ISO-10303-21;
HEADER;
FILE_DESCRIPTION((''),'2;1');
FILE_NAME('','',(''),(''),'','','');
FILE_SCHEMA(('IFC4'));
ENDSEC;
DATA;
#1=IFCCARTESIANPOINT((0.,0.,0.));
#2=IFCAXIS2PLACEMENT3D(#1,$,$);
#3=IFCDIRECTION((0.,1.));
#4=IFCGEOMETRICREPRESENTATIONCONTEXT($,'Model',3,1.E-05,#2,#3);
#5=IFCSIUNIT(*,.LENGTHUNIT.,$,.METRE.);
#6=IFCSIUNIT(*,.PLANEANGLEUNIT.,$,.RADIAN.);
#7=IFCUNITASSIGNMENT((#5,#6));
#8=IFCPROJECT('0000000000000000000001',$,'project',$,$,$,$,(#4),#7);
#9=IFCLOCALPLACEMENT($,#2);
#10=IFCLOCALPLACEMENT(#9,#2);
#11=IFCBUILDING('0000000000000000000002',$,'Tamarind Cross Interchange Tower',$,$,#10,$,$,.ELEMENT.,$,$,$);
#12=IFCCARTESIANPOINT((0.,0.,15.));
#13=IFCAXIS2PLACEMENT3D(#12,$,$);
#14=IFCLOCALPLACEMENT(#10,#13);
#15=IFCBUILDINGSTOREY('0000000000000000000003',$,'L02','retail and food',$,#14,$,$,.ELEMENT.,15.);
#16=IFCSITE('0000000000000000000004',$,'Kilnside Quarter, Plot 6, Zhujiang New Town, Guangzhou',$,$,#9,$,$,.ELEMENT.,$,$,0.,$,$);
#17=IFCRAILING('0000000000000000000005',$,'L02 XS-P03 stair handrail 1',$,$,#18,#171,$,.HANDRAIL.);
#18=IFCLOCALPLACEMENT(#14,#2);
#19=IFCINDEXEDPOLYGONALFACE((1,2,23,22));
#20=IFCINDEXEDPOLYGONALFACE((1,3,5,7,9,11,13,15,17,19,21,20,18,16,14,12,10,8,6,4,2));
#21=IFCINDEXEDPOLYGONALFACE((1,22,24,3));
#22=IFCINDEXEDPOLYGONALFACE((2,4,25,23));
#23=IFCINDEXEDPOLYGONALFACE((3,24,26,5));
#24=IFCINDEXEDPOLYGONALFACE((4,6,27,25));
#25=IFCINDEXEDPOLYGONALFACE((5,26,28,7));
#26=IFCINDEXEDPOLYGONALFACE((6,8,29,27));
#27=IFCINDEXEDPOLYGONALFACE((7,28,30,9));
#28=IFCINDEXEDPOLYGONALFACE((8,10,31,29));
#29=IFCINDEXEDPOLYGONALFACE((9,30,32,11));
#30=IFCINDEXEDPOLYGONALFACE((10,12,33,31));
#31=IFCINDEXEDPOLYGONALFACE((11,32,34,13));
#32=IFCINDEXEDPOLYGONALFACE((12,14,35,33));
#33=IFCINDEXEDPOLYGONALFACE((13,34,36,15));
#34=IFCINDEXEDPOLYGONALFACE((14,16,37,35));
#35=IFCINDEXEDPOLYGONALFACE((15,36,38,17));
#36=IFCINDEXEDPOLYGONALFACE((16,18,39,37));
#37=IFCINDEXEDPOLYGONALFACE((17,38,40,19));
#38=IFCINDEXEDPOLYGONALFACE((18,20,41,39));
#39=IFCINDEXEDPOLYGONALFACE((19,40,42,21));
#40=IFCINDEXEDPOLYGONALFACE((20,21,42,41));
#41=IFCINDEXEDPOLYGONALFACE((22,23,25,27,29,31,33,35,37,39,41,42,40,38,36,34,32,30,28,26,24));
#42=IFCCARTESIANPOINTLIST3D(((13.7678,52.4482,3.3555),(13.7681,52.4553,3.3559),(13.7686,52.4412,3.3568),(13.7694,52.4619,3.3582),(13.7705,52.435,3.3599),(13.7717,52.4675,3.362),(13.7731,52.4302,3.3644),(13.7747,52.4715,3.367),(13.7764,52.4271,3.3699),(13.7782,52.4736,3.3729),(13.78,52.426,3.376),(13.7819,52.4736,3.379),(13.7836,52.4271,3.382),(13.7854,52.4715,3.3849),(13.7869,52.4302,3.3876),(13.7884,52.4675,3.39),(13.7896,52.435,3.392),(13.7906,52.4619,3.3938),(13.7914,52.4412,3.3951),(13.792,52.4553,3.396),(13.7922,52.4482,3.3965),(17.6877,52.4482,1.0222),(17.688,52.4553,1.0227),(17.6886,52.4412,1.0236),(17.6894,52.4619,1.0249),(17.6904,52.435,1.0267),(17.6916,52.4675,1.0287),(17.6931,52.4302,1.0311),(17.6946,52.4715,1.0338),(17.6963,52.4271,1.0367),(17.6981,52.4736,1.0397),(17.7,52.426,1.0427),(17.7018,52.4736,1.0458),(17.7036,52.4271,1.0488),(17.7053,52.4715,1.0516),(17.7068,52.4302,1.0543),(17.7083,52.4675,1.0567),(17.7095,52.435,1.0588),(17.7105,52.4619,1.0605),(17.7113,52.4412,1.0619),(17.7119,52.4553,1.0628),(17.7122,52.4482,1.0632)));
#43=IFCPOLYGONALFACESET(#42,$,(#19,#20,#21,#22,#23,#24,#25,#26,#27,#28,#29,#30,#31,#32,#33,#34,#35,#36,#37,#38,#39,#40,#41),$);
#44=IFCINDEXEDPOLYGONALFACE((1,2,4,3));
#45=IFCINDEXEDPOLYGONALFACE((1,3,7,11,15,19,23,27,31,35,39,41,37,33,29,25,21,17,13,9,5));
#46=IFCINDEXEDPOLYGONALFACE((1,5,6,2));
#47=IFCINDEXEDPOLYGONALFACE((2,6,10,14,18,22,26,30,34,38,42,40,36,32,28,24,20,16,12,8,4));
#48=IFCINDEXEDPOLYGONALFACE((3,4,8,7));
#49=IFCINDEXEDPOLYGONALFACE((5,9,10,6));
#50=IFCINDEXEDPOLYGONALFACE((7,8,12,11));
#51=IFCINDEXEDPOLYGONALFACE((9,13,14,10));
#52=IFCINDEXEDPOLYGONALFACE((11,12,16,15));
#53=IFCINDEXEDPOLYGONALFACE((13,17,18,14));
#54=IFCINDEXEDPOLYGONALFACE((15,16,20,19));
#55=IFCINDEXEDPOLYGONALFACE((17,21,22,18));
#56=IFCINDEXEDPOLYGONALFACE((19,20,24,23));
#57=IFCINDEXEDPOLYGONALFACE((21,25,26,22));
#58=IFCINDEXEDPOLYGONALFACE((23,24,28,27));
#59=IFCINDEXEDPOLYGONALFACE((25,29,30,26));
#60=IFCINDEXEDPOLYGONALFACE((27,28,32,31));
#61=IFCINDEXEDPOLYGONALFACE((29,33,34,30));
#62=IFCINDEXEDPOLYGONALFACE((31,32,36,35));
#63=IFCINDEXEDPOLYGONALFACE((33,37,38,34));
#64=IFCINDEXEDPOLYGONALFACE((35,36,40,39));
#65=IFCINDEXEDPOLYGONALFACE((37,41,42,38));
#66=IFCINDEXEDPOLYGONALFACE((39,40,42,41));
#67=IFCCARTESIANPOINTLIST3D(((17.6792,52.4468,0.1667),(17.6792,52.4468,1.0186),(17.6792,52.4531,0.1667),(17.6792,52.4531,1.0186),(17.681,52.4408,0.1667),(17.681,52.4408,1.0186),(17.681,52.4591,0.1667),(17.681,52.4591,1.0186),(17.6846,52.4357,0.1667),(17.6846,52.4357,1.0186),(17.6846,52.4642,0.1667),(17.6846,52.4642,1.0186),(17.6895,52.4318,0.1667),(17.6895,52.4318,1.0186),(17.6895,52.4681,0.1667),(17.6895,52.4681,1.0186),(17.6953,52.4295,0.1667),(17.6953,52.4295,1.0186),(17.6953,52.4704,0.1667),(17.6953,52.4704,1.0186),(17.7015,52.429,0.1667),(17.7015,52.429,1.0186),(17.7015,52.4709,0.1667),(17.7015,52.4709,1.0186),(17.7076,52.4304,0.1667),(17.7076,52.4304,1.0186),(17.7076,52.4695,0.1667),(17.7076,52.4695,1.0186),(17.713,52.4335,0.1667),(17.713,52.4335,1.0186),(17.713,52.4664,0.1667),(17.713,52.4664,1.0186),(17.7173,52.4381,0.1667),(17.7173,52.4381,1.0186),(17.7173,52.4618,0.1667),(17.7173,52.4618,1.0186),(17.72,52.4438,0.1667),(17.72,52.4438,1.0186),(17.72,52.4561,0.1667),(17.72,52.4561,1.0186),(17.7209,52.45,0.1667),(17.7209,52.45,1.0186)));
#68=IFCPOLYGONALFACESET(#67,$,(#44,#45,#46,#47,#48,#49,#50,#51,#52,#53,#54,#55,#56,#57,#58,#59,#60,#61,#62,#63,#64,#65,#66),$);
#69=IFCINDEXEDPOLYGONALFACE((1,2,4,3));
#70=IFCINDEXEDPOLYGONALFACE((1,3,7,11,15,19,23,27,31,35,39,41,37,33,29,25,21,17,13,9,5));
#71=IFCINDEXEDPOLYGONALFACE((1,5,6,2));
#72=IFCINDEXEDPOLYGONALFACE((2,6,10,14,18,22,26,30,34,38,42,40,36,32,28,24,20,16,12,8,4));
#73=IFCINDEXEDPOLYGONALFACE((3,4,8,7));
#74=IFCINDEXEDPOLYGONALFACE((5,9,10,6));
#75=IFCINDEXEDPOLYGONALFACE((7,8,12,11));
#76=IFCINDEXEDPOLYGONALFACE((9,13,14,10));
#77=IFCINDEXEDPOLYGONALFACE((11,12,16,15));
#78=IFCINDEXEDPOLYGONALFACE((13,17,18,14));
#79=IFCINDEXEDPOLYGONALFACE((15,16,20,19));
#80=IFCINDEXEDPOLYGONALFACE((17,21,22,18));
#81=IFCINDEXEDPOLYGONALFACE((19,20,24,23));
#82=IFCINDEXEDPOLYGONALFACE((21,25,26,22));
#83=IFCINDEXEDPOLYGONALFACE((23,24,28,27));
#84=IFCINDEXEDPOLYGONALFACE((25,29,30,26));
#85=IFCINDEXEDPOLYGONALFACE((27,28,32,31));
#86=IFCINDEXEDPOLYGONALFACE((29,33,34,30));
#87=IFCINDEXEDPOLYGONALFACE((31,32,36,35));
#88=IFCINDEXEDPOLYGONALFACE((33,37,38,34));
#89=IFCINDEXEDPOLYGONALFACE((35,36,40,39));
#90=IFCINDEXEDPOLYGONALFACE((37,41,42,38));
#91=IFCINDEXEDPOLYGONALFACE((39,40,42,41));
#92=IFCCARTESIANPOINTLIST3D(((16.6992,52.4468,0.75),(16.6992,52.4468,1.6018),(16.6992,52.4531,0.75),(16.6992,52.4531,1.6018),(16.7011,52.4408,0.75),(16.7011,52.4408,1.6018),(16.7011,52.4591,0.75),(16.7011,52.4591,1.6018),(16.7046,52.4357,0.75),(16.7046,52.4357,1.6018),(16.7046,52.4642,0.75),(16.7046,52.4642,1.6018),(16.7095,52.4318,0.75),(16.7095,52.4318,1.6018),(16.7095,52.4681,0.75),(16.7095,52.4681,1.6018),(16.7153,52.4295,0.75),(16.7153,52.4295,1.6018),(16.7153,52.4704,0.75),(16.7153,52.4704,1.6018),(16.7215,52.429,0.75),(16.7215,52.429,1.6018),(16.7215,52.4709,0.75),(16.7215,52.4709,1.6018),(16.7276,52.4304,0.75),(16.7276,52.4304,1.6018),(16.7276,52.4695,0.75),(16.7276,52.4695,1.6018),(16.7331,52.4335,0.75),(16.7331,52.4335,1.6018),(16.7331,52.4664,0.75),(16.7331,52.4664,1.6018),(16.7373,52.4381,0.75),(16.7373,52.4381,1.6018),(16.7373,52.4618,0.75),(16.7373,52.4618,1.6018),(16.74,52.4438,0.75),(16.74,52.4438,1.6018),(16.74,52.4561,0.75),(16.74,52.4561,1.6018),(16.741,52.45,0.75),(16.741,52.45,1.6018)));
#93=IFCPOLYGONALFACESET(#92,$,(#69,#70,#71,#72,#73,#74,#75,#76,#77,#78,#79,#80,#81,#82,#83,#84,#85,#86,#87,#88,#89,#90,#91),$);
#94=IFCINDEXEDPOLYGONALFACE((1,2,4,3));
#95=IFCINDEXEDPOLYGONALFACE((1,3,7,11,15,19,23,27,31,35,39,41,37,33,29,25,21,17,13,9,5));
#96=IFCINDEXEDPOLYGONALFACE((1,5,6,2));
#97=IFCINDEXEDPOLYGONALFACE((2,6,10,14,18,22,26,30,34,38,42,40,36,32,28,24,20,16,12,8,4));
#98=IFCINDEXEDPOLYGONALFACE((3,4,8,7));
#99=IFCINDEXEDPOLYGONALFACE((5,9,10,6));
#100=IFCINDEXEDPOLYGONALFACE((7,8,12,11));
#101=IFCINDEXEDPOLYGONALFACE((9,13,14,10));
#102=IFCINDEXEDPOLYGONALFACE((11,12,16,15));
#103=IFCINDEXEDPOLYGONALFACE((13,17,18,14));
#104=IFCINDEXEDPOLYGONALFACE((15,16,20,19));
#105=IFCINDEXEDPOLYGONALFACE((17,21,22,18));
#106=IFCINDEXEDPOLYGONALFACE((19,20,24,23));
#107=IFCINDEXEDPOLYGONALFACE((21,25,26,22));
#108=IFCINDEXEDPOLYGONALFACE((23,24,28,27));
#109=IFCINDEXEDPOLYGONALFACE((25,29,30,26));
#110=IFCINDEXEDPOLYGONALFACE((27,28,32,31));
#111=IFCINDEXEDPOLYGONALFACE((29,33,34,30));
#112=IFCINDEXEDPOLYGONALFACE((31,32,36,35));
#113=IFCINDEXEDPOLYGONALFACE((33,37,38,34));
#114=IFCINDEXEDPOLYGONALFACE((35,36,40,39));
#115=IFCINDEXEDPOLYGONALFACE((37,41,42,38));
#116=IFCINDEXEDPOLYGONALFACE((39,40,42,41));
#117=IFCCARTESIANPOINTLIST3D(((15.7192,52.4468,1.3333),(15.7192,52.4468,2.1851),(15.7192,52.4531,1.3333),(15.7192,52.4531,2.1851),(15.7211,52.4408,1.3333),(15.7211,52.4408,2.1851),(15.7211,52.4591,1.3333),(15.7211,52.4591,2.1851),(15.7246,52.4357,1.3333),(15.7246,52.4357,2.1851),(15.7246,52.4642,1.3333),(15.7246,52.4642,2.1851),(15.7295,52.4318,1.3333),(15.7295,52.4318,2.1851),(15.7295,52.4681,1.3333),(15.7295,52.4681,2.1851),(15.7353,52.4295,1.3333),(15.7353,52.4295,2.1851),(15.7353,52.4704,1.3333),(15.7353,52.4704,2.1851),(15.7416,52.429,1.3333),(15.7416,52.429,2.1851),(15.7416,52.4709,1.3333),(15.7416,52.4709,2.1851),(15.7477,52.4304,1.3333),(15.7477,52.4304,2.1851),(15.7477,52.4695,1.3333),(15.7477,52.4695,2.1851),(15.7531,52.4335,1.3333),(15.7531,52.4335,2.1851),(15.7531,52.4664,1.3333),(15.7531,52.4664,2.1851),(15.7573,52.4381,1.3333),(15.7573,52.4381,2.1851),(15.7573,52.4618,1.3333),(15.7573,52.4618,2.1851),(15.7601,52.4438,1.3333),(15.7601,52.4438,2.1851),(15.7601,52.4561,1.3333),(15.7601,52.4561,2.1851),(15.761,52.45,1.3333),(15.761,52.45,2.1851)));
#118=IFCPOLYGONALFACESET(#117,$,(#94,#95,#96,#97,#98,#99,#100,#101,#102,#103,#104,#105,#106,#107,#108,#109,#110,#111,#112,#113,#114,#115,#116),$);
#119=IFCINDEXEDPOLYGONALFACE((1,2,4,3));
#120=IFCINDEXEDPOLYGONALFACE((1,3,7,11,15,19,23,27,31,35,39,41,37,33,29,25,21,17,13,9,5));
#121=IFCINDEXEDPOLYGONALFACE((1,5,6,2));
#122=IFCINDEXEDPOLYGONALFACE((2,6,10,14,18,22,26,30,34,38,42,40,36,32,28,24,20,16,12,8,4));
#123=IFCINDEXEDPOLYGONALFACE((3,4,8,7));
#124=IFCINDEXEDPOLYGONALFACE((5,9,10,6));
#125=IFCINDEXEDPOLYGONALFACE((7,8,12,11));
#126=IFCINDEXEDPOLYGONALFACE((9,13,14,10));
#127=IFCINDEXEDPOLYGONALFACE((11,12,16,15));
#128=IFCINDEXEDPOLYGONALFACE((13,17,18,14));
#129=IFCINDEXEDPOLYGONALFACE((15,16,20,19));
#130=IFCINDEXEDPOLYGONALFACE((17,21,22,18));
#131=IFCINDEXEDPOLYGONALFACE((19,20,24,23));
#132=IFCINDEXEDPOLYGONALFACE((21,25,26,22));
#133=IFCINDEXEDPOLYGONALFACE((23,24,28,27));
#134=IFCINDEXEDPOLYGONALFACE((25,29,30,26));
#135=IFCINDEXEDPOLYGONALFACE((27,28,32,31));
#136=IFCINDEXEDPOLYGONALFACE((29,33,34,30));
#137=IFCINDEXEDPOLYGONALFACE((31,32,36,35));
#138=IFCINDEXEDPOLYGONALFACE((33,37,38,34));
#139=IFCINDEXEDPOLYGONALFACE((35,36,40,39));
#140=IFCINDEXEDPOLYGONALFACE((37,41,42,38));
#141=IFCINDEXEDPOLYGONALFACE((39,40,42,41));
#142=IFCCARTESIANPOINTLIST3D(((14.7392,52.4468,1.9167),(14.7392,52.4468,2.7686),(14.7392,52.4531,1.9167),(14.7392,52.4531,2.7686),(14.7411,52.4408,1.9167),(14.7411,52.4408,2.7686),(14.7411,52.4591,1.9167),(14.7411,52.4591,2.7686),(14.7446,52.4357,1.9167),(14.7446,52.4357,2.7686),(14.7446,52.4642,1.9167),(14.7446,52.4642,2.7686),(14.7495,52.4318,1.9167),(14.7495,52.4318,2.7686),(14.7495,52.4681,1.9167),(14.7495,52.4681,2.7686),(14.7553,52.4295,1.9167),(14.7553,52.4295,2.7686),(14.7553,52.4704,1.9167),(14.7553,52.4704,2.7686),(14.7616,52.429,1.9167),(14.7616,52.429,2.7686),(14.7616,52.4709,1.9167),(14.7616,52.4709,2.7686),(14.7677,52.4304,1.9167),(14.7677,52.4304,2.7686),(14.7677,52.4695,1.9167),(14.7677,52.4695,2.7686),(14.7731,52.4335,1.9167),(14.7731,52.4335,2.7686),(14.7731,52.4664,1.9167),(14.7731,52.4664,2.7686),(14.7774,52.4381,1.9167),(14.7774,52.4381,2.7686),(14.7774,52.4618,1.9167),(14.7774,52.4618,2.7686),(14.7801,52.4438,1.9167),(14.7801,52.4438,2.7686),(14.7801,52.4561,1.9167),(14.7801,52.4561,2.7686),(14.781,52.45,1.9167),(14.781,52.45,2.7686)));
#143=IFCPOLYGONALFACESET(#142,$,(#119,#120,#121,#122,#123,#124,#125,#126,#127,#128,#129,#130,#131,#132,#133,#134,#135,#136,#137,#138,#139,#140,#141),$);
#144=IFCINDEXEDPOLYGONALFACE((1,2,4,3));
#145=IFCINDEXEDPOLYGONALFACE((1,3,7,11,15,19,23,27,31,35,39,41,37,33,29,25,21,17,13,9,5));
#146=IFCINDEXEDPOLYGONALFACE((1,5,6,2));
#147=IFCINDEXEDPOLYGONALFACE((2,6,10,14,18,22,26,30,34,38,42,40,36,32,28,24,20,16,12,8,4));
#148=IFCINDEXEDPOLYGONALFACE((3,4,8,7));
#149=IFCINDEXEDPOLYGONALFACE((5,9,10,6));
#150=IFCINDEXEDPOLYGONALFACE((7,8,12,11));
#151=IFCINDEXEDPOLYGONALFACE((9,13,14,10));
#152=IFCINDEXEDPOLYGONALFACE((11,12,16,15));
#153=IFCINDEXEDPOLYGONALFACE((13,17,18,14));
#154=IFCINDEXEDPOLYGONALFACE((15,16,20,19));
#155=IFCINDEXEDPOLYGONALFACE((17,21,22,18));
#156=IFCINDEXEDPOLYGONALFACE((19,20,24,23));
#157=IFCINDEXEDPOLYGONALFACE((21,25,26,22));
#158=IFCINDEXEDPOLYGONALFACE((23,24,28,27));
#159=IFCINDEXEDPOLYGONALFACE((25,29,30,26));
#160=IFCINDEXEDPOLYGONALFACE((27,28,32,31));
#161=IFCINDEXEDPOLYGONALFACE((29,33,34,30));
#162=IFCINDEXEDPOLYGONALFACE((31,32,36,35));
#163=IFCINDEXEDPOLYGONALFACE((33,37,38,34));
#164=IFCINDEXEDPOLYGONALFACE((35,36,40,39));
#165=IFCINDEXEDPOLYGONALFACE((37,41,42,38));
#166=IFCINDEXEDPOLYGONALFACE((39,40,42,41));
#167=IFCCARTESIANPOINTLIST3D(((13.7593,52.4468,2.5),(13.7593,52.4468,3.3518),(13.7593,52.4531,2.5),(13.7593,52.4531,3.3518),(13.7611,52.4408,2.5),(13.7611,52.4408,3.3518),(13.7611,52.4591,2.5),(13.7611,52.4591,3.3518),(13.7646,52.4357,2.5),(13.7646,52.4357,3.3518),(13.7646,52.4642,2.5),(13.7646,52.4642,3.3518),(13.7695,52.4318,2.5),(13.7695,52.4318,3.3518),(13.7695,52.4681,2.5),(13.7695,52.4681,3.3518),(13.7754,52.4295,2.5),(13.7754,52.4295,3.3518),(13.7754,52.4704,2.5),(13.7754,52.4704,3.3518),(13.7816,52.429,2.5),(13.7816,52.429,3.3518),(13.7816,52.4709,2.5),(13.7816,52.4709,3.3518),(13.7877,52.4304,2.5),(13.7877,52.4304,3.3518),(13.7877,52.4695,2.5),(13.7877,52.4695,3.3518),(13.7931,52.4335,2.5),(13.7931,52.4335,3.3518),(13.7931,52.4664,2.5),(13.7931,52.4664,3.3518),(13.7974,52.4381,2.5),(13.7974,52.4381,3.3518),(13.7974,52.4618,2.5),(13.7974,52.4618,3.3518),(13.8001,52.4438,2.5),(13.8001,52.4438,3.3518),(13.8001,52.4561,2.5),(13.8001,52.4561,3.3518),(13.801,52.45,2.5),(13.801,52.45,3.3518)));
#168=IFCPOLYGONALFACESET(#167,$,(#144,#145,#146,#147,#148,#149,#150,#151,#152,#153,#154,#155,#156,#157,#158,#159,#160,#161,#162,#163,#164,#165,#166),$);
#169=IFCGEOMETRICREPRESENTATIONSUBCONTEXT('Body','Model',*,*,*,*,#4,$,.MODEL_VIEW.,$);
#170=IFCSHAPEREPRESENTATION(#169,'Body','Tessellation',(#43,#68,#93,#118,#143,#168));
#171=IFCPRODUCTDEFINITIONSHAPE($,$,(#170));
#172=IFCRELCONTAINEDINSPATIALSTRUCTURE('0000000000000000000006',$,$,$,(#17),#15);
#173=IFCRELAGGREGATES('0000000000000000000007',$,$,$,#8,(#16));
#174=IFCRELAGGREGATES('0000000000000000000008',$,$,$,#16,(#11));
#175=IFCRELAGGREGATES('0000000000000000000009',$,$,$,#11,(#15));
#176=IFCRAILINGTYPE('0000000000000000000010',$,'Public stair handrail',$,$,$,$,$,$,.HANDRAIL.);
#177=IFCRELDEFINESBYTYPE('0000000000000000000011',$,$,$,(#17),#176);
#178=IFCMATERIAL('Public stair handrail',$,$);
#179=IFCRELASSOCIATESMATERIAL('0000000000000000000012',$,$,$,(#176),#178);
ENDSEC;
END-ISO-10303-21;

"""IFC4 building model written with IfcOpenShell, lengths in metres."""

from ifc_helpers import new_model, si_unit, direction, frame, origin, origin_2d, place, context, subcontext, project, spatial, circle, extrude, material, type_object, element, save


model = new_model("IFC4")

# Units and contexts
model_context = context("Model", 3, precision=1e-05, world=origin(), true_north=direction((0.0, 1.0)))
body_context = subcontext(model_context, "Body", "Model", "MODEL_VIEW")
ifc_project = project(units=[si_unit("LENGTHUNIT", "METRE"), si_unit("PLANEANGLEUNIT", "RADIAN")], contexts=[model_context])

# Site, building, storey
site_placement = place(None, origin())
site = spatial("IfcSite", under=ifc_project, at=site_placement, Name="Kilnside Quarter, Plot 6, Zhujiang New Town, Guangzhou", CompositionType="ELEMENT", RefElevation=0.0)
building_placement = place(site_placement, origin())
building = spatial("IfcBuilding", under=site, at=building_placement, Name="Tamarind Cross Interchange Tower", CompositionType="ELEMENT")
storey_placement = place(building_placement, frame((0.0, 0.0, 15.0)))
storey = spatial("IfcBuildingStorey", under=building, at=storey_placement, Name="L02", Description="retail and food", CompositionType="ELEMENT", Elevation=15.0)

# Railing
ifc_material_1 = material(Name="Public stair handrail")
railing_type_1 = type_object("IfcRailingType", Name="Public stair handrail", PredefinedType="HANDRAIL", material=ifc_material_1)
railing_1_placement = place(storey_placement, frame((17.7, 52.45, 0.1667)))
element("IfcRailing", 1, at=railing_1_placement, inside=storey, type_object=railing_type_1, Name="L02 XS-P03 stair handrail 1", PredefinedType="HANDRAIL", context=body_context, shape_type="SweptSolid", body=[
    extrude(circle(Radius=0.0239, at=origin_2d()), frame((0.0, 0.0, 0.876), z_axis=(-0.859296, 0.0, 0.511478), x_axis=(0.0, -1.0, 0.0)), (0.0, 0.0, 1.0), 4.5618),
    extrude(circle(Radius=0.021, at=origin_2d()), origin(), (0.0, 0.0, 1.0), 0.8518),
    extrude(circle(Radius=0.021, at=origin_2d()), frame((-0.98, 0.0, 0.5833)), (0.0, 0.0, 1.0), 0.8518),
    extrude(circle(Radius=0.021, at=origin_2d()), frame((-1.96, 0.0, 1.1665)), (0.0, 0.0, 1.0), 0.8518),
    extrude(circle(Radius=0.021, at=origin_2d()), frame((-2.9399, 0.0, 1.75)), (0.0, 0.0, 1.0), 0.8518),
    extrude(circle(Radius=0.021, at=origin_2d()), frame((-3.9199, 0.0, 2.3333)), (0.0, 0.0, 1.0), 0.8518),
])

save(model, "model.ifc")
